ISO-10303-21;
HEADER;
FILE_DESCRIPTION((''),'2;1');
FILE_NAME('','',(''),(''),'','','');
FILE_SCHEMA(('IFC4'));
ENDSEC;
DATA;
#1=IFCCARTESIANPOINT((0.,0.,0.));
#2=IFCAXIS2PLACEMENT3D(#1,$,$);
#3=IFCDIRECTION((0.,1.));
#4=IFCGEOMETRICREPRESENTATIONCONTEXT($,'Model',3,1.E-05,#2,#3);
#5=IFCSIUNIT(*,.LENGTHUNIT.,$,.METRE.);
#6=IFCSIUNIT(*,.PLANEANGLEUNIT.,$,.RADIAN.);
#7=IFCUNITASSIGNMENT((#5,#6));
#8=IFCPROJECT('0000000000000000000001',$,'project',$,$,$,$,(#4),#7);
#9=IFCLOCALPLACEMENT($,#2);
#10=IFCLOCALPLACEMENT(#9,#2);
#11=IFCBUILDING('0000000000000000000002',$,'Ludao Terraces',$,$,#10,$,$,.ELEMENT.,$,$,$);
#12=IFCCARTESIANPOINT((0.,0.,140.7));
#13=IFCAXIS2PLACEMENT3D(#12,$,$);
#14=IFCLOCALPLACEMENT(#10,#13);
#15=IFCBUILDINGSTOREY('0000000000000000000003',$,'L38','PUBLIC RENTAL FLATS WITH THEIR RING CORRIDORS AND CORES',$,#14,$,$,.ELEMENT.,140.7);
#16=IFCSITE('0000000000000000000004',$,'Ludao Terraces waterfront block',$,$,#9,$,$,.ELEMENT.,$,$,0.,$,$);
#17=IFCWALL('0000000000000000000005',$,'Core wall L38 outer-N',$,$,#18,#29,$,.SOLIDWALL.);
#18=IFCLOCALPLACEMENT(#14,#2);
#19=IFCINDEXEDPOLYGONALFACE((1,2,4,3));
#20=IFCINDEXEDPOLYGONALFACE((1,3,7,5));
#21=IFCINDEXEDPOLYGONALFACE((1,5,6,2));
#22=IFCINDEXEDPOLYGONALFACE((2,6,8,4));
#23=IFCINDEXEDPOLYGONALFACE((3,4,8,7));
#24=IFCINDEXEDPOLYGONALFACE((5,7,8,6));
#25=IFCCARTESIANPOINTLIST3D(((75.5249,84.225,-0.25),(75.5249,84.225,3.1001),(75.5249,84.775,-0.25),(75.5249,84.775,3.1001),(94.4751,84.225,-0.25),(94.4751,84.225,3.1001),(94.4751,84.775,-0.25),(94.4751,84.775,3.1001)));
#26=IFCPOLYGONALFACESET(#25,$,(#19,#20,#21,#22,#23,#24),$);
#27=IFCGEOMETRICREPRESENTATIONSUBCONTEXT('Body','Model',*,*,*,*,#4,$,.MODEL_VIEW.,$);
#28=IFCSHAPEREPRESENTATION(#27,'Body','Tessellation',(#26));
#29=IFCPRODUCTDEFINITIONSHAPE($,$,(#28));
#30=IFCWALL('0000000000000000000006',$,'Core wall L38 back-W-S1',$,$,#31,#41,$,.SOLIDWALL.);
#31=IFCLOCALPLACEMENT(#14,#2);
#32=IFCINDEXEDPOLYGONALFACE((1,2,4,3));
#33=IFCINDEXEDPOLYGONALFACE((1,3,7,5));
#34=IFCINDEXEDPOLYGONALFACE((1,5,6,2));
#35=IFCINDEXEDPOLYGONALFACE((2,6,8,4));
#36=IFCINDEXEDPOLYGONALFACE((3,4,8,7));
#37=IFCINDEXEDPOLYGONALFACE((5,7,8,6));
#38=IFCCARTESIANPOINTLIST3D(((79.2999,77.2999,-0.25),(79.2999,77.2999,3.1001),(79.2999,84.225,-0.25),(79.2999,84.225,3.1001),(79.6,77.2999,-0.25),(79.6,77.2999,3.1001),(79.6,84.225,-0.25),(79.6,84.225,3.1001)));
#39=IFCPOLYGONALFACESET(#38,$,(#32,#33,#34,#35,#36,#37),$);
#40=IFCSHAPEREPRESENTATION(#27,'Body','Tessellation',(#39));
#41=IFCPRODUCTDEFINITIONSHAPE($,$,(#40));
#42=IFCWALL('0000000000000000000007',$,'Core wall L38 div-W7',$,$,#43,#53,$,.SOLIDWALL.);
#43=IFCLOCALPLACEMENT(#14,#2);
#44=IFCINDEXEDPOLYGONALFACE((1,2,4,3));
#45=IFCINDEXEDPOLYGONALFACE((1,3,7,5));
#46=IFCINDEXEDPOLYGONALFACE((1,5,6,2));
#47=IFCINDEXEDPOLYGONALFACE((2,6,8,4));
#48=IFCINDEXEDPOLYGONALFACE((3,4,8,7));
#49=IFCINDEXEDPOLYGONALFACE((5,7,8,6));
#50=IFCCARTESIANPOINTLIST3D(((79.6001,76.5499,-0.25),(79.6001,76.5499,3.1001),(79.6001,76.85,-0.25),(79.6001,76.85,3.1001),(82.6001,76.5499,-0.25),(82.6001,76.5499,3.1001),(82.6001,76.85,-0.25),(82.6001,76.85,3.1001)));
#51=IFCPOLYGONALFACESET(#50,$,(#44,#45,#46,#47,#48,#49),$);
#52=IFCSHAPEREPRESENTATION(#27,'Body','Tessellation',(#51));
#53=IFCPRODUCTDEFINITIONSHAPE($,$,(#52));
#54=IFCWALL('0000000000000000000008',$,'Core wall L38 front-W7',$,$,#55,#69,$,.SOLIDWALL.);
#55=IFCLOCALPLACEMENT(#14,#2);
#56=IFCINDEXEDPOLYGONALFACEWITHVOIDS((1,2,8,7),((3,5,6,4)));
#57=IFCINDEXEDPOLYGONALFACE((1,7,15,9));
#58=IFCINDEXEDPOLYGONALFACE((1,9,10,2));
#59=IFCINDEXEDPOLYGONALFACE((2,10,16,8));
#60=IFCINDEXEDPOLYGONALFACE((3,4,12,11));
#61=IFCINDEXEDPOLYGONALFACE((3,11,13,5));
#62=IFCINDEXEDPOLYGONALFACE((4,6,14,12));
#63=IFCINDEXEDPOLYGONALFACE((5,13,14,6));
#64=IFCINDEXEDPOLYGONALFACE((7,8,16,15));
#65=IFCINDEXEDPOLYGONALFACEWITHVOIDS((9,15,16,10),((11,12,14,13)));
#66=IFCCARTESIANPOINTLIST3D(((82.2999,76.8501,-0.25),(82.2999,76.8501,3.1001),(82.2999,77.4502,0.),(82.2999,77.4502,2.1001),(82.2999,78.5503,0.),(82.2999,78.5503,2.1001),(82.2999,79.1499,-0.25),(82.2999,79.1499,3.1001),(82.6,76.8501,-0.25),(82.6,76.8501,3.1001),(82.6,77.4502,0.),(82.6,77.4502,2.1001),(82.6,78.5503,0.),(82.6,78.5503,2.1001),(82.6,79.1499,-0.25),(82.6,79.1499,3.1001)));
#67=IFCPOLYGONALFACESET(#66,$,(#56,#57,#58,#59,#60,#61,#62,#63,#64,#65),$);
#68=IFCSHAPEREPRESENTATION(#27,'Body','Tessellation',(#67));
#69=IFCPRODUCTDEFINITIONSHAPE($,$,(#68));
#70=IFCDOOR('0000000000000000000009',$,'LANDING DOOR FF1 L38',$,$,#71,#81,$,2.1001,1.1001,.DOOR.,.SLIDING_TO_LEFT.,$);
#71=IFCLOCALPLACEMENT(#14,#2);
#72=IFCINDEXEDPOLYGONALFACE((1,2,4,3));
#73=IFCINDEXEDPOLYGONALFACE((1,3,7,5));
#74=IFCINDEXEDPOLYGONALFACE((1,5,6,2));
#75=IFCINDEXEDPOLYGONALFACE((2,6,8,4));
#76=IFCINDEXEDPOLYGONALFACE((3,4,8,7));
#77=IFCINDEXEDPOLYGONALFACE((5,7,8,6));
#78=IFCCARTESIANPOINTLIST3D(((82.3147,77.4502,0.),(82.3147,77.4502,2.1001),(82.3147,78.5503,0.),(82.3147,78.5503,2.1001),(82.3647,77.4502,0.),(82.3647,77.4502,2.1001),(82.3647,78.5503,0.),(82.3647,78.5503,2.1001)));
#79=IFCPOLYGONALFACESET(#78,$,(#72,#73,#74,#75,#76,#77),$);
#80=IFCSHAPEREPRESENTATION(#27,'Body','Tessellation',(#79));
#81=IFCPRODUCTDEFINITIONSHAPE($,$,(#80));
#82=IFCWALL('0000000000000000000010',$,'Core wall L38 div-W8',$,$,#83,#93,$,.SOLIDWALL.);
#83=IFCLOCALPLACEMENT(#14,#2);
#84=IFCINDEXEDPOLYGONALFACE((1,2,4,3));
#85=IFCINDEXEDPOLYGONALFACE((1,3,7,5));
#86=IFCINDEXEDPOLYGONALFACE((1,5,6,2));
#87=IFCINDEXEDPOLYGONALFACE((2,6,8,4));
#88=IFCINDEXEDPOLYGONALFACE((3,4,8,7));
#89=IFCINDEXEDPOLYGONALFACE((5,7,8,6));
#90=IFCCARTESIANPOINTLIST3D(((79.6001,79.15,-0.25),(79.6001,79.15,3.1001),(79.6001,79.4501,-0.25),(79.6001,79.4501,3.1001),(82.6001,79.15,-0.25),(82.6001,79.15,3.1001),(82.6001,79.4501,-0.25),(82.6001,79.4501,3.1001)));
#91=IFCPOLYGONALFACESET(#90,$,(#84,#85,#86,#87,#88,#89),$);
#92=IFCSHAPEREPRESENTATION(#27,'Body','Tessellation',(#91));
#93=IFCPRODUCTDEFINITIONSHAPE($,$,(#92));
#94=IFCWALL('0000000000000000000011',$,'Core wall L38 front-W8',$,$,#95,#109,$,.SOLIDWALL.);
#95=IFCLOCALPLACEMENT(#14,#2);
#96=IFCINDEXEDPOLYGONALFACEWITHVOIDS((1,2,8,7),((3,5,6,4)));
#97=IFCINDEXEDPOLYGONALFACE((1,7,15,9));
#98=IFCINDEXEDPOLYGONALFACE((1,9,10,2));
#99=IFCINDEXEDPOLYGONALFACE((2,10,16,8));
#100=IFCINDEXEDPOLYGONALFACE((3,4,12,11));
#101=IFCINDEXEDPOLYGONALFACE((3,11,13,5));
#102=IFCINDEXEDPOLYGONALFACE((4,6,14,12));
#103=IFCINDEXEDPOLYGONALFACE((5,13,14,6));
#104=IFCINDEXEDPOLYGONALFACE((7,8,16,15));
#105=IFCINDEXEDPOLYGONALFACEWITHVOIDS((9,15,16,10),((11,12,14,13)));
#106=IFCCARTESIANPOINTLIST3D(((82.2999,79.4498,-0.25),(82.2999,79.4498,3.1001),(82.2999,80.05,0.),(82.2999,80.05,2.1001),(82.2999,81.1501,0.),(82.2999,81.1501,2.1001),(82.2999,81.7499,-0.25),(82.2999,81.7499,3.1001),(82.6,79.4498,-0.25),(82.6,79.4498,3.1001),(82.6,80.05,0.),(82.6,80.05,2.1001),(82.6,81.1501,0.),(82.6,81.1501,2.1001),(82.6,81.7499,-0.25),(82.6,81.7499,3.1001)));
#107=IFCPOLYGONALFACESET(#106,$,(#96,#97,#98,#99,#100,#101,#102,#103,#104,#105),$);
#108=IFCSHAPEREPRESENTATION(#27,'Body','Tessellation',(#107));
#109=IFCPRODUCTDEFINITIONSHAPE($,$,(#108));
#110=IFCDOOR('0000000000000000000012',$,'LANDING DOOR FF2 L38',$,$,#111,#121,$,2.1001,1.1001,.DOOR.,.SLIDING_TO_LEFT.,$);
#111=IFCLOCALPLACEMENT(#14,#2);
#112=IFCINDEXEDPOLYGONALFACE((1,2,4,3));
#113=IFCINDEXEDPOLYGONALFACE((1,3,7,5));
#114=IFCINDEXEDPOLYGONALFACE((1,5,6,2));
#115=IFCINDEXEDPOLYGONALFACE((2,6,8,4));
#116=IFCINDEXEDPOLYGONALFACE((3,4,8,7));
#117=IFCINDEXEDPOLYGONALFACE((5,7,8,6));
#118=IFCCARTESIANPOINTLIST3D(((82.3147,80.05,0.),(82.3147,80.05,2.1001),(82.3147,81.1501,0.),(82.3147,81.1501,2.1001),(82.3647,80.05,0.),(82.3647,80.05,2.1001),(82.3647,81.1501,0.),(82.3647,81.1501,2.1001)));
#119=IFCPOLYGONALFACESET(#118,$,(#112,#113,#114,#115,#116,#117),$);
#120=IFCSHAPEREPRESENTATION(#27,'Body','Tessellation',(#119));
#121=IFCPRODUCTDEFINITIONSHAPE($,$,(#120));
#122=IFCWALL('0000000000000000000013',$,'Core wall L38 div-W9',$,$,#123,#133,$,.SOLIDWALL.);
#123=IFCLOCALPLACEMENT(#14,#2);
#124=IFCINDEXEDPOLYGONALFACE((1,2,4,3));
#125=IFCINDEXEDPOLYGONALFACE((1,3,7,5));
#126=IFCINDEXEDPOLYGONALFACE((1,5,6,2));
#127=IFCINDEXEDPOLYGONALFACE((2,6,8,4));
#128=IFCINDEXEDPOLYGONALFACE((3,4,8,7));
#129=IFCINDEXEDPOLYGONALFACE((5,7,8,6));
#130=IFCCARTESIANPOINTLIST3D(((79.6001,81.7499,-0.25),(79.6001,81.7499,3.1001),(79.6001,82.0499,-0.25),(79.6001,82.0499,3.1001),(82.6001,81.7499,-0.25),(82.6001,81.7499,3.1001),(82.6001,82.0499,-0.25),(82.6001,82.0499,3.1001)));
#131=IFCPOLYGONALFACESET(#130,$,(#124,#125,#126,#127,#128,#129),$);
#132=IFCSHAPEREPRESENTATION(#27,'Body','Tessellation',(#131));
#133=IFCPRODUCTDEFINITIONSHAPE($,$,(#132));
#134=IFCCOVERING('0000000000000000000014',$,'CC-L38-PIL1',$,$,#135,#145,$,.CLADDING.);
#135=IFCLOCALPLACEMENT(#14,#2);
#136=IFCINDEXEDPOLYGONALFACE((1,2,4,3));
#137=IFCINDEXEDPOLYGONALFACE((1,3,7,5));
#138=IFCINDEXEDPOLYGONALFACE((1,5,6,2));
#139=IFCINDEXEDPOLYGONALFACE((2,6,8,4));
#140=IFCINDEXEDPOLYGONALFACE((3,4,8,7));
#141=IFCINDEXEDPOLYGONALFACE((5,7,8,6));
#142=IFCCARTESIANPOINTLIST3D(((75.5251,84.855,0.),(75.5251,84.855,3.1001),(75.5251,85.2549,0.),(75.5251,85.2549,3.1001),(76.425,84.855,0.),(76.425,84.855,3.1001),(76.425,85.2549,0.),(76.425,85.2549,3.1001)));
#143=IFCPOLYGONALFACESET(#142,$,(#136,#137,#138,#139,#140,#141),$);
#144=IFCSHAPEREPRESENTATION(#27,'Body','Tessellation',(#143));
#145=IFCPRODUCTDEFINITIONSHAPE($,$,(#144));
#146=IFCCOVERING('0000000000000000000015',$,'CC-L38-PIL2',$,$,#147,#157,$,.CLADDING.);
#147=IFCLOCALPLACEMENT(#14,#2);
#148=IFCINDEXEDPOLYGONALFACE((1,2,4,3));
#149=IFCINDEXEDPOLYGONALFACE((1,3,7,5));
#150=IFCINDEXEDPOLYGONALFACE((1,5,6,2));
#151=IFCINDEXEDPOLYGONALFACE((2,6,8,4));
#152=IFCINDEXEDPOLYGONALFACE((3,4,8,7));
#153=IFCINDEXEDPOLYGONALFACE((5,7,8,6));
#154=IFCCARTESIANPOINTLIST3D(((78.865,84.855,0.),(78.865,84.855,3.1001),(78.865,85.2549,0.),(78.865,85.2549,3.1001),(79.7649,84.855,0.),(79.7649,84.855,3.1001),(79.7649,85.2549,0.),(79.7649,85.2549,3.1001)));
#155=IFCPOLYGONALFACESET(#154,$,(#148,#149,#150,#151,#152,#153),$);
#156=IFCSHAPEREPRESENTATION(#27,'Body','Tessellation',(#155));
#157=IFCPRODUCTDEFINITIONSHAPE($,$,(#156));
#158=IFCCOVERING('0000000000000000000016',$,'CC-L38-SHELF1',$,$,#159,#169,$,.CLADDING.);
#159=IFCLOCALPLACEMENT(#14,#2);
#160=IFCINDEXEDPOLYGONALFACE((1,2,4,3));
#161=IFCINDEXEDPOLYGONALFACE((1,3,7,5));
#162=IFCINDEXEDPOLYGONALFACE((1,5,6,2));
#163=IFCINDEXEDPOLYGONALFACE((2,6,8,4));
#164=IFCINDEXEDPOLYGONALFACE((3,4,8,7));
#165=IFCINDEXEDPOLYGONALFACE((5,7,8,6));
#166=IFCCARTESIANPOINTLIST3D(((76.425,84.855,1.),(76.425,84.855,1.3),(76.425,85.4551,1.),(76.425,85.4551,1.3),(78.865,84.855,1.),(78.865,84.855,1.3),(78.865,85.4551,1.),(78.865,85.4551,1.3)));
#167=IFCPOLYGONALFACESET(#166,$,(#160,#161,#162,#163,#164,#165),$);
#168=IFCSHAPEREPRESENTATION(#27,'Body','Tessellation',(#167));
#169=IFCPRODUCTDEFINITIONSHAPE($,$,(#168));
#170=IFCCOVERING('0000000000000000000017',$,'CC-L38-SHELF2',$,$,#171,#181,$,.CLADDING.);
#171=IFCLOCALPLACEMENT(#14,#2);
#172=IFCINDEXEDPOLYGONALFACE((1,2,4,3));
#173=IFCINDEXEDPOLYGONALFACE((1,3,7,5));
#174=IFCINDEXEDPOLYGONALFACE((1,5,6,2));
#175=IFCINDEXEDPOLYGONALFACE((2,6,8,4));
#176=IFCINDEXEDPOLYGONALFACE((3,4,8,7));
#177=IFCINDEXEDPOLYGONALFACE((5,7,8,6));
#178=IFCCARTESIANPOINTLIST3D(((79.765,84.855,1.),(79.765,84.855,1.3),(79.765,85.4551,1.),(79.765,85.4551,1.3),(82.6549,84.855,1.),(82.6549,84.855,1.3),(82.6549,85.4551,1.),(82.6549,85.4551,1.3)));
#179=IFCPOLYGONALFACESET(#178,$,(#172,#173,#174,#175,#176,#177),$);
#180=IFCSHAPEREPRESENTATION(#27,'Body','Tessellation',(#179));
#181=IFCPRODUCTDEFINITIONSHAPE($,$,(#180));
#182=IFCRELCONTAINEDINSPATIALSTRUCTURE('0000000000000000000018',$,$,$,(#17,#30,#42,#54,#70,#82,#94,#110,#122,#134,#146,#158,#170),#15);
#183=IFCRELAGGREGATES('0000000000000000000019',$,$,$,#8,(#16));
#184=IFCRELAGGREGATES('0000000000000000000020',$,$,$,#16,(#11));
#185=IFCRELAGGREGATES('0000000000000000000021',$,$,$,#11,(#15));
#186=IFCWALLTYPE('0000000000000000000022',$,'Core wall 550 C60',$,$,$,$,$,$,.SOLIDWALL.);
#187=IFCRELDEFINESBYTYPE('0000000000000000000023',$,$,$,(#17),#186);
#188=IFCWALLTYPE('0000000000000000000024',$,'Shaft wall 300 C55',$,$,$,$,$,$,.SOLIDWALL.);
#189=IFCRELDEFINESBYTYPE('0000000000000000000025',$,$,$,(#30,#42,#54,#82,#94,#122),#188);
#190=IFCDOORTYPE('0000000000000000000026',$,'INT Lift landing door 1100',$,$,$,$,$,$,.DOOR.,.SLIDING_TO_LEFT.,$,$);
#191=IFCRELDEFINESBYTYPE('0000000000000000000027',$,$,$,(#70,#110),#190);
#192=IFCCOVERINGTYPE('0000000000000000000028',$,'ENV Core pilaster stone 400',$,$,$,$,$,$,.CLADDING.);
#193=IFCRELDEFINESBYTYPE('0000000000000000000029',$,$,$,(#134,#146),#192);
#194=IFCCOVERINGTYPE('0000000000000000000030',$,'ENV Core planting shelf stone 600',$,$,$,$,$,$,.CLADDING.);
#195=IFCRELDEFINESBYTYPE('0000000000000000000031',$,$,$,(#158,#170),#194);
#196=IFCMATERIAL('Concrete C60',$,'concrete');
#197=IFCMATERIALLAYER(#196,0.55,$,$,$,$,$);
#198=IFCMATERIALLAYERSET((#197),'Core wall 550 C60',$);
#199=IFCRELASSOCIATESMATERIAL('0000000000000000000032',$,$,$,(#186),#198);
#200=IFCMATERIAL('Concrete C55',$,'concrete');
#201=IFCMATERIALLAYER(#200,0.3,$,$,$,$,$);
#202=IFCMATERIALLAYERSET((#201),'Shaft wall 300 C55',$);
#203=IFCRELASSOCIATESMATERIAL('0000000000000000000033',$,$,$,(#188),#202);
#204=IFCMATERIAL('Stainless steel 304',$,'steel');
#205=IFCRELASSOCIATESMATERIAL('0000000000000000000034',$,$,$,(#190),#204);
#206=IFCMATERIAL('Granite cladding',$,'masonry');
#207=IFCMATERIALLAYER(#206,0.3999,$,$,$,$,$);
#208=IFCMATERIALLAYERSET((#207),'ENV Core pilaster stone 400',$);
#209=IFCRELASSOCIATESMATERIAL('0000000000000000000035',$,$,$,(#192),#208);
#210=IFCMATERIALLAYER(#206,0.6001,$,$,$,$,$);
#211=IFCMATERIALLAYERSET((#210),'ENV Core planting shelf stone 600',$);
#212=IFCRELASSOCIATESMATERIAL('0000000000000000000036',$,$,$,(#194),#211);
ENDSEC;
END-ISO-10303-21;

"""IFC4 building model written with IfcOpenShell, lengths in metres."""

from ifc_helpers import new_model, si_unit, direction, frame, frame_2d, origin, origin_2d, place, context, subcontext, project, spatial, rectangle, extrude, material, layer, layer_set, type_object, element, fill, save


model = new_model("IFC4")

# Units and contexts
model_context = context("Model", 3, precision=1e-05, world=origin(), true_north=direction((0.0, 1.0)))
body_context = subcontext(model_context, "Body", "Model", "MODEL_VIEW")
ifc_project = project(units=[si_unit("LENGTHUNIT", "METRE"), si_unit("PLANEANGLEUNIT", "RADIAN")], contexts=[model_context])

# Site, building, storey
site_placement = place(None, origin())
site = spatial("IfcSite", under=ifc_project, at=site_placement, Name="Ludao Terraces waterfront block", CompositionType="ELEMENT", RefElevation=0.0)
building_placement = place(site_placement, origin())
building = spatial("IfcBuilding", under=site, at=building_placement, Name="Ludao Terraces", CompositionType="ELEMENT")
storey_placement = place(building_placement, frame((0.0, 0.0, 140.7)))
storey = spatial("IfcBuildingStorey", under=building, at=storey_placement, Name="L38", Description="PUBLIC RENTAL FLATS WITH THEIR RING CORRIDORS AND CORES", CompositionType="ELEMENT", Elevation=140.7)

# Walls
ifc_material_1 = material(Name="Concrete C60", Category="concrete")
ifc_layer_1 = layer(ifc_material_1, 0.55)
ifc_layer_set_1 = layer_set([ifc_layer_1], Name="Core wall 550 C60")
wall_type_1 = type_object("IfcWallType", Name="Core wall 550 C60", PredefinedType="SOLIDWALL", material=ifc_layer_set_1)
wall_1_placement = place(storey_placement, frame((75.5249, 84.5, -0.25), z_axis=(0.0, 0.0, 1.0), x_axis=(1.0, 0.0, 0.0)))
element("IfcWall", 1, at=wall_1_placement, inside=storey, type_object=wall_type_1, Name="Core wall L38 outer-N", PredefinedType="SOLIDWALL", context=body_context, shape_type="SweptSolid", body=[
    extrude(rectangle(XDim=18.9502, YDim=0.55, at=frame_2d((9.4751, 0.0))), origin(), (0.0, 0.0, 1.0), 3.3501),
])
ifc_material_2 = material(Name="Concrete C55", Category="concrete")
ifc_layer_2 = layer(ifc_material_2, 0.3)
ifc_layer_set_2 = layer_set([ifc_layer_2], Name="Shaft wall 300 C55")
wall_type_2 = type_object("IfcWallType", Name="Shaft wall 300 C55", PredefinedType="SOLIDWALL", material=ifc_layer_set_2)
wall_2_placement = place(storey_placement, frame((79.45, 77.3, -0.25), z_axis=(0.0, 0.0, 1.0), x_axis=(0.0, 1.0, 0.0)))
element("IfcWall", 2, at=wall_2_placement, inside=storey, type_object=wall_type_2, Name="Core wall L38 back-W-S1", PredefinedType="SOLIDWALL", context=body_context, shape_type="SweptSolid", body=[
    extrude(rectangle(XDim=6.925, YDim=0.3, at=frame_2d((3.4624, 0.0))), origin(), (0.0, 0.0, 1.0), 3.3501),
])
wall_3_placement = place(storey_placement, frame((79.6001, 76.7, -0.25), z_axis=(0.0, 0.0, 1.0), x_axis=(1.0, 0.0, 0.0)))
element("IfcWall", 3, at=wall_3_placement, inside=storey, type_object=wall_type_2, Name="Core wall L38 div-W7", PredefinedType="SOLIDWALL", context=body_context, shape_type="SweptSolid", body=[
    extrude(rectangle(XDim=3.0, YDim=0.3, at=frame_2d((1.5, 0.0))), origin(), (0.0, 0.0, 1.0), 3.3501),
])

# Wall, opening, door
wall_4_placement = place(storey_placement, frame((82.45, 76.8501, -0.25), z_axis=(0.0, 0.0, 1.0), x_axis=(0.0, 1.0, 0.0)))
wall_4 = element("IfcWall", 4, at=wall_4_placement, inside=storey, type_object=wall_type_2, Name="Core wall L38 front-W7", PredefinedType="SOLIDWALL", context=body_context, shape_type="SweptSolid", body=[
    extrude(rectangle(XDim=2.2998, YDim=0.3, at=frame_2d((1.1499, 0.0))), origin(), (0.0, 0.0, 1.0), 3.3501),
])
opening_1_placement = place(wall_4_placement, frame((0.6001, 0.0, 0.25)))
opening_1 = element("IfcOpeningElement", 5, at=opening_1_placement, cuts=wall_4, PredefinedType="OPENING", context=body_context, shape_type="SweptSolid", body=[
    extrude(rectangle(XDim=1.1001, YDim=2.1001, at=frame_2d((0.55, 1.05))), frame((0.0, 0.1602, 0.0), z_axis=(0.0, -1.0, 0.0), x_axis=(1.0, 0.0, 0.0)), (0.0, 0.0, 1.0), 0.3201),
])
ifc_material_3 = material(Name="Stainless steel 304", Category="steel")
door_type = type_object("IfcDoorType", Name="INT Lift landing door 1100", OperationType="SLIDING_TO_LEFT", PredefinedType="DOOR", material=ifc_material_3)
door_1_placement = place(opening_1_placement, origin())
door_1 = element("IfcDoor", 6, at=door_1_placement, inside=storey, type_object=door_type, Name="LANDING DOOR FF1 L38", OperationType="SLIDING_TO_LEFT", OverallHeight=2.1001, OverallWidth=1.1001, PredefinedType="DOOR", context=body_context, shape_type="SweptSolid", body=[
    extrude(rectangle(XDim=1.1001, YDim=2.1001, at=frame_2d((0.55, 1.05))), frame((0.0, 0.1353, 0.0), z_axis=(0.0, -1.0, 0.0), x_axis=(1.0, 0.0, 0.0)), (0.0, 0.0, 1.0), 0.05),
])
fill(opening_1, door_1)

# Wall
wall_5_placement = place(storey_placement, frame((79.6001, 79.3, -0.25), z_axis=(0.0, 0.0, 1.0), x_axis=(1.0, 0.0, 0.0)))
element("IfcWall", 7, at=wall_5_placement, inside=storey, type_object=wall_type_2, Name="Core wall L38 div-W8", PredefinedType="SOLIDWALL", context=body_context, shape_type="SweptSolid", body=[
    extrude(rectangle(XDim=3.0, YDim=0.3, at=frame_2d((1.5, 0.0))), origin(), (0.0, 0.0, 1.0), 3.3501),
])

# Wall, opening, door
wall_6_placement = place(storey_placement, frame((82.45, 79.45, -0.25), z_axis=(0.0, 0.0, 1.0), x_axis=(0.0, 1.0, 0.0)))
wall_6 = element("IfcWall", 8, at=wall_6_placement, inside=storey, type_object=wall_type_2, Name="Core wall L38 front-W8", PredefinedType="SOLIDWALL", context=body_context, shape_type="SweptSolid", body=[
    extrude(rectangle(XDim=2.3, YDim=0.3, at=frame_2d((1.1499, 0.0))), origin(), (0.0, 0.0, 1.0), 3.3501),
])
opening_2_placement = place(wall_6_placement, frame((0.6001, 0.0, 0.25)))
opening_2 = element("IfcOpeningElement", 9, at=opening_2_placement, cuts=wall_6, PredefinedType="OPENING", context=body_context, shape_type="SweptSolid", body=[
    extrude(rectangle(XDim=1.1001, YDim=2.1001, at=frame_2d((0.55, 1.05))), frame((0.0, 0.1602, 0.0), z_axis=(0.0, -1.0, 0.0), x_axis=(1.0, 0.0, 0.0)), (0.0, 0.0, 1.0), 0.3201),
])
door_2_placement = place(opening_2_placement, origin())
door_2 = element("IfcDoor", 10, at=door_2_placement, inside=storey, type_object=door_type, Name="LANDING DOOR FF2 L38", OperationType="SLIDING_TO_LEFT", OverallHeight=2.1001, OverallWidth=1.1001, PredefinedType="DOOR", context=body_context, shape_type="SweptSolid", body=[
    extrude(rectangle(XDim=1.1001, YDim=2.1001, at=frame_2d((0.55, 1.05))), frame((0.0, 0.1353, 0.0), z_axis=(0.0, -1.0, 0.0), x_axis=(1.0, 0.0, 0.0)), (0.0, 0.0, 1.0), 0.05),
])
fill(opening_2, door_2)

# Wall
wall_7_placement = place(storey_placement, frame((79.6001, 81.8999, -0.25), z_axis=(0.0, 0.0, 1.0), x_axis=(1.0, 0.0, 0.0)))
element("IfcWall", 11, at=wall_7_placement, inside=storey, type_object=wall_type_2, Name="Core wall L38 div-W9", PredefinedType="SOLIDWALL", context=body_context, shape_type="SweptSolid", body=[
    extrude(rectangle(XDim=3.0, YDim=0.3, at=frame_2d((1.5, 0.0))), origin(), (0.0, 0.0, 1.0), 3.3501),
])

# Coverings
ifc_material_4 = material(Name="Granite cladding", Category="masonry")
ifc_layer_3 = layer(ifc_material_4, 0.3999)
ifc_layer_set_3 = layer_set([ifc_layer_3], Name="ENV Core pilaster stone 400")
covering_type_1 = type_object("IfcCoveringType", Name="ENV Core pilaster stone 400", PredefinedType="CLADDING", material=ifc_layer_set_3)
for number, where, z_axis, x_axis, name in (
    (12, (75.9751, 85.0549, 0.0), (0.0, 0.0, 1.0), (1.0, 0.0, 0.0), "CC-L38-PIL1"),
    (13, (79.3149, 85.0549, 0.0), (0.0, 0.0, 1.0), (1.0, 0.0, 0.0), "CC-L38-PIL2"),
):
    element("IfcCovering", number, at=place(storey_placement, frame(where, z_axis=z_axis, x_axis=x_axis)), inside=storey, type_object=covering_type_1, Name=name, PredefinedType="CLADDING", context=body_context, shape_type="SweptSolid", body=[
        extrude(rectangle(XDim=0.8999, YDim=0.3999, at=origin_2d()), origin(), (0.0, 0.0, 1.0), 3.1001),
    ])
ifc_layer_4 = layer(ifc_material_4, 0.6001)
ifc_layer_set_4 = layer_set([ifc_layer_4], Name="ENV Core planting shelf stone 600")
covering_type_2 = type_object("IfcCoveringType", Name="ENV Core planting shelf stone 600", PredefinedType="CLADDING", material=ifc_layer_set_4)
covering_1_placement = place(storey_placement, frame((77.645, 85.155, 1.0), z_axis=(0.0, 0.0, 1.0), x_axis=(1.0, 0.0, 0.0)))
element("IfcCovering", 14, at=covering_1_placement, inside=storey, type_object=covering_type_2, Name="CC-L38-SHELF1", PredefinedType="CLADDING", context=body_context, shape_type="SweptSolid", body=[
    extrude(rectangle(XDim=2.4399, YDim=0.6001, at=origin_2d()), origin(), (0.0, 0.0, 1.0), 0.3),
])
covering_2_placement = place(storey_placement, frame((81.21, 85.155, 1.0), z_axis=(0.0, 0.0, 1.0), x_axis=(1.0, 0.0, 0.0)))
element("IfcCovering", 15, at=covering_2_placement, inside=storey, type_object=covering_type_2, Name="CC-L38-SHELF2", PredefinedType="CLADDING", context=body_context, shape_type="SweptSolid", body=[
    extrude(rectangle(XDim=2.8899, YDim=0.6001, at=origin_2d()), origin(), (0.0, 0.0, 1.0), 0.3),
])

save(model, "model.ifc")
